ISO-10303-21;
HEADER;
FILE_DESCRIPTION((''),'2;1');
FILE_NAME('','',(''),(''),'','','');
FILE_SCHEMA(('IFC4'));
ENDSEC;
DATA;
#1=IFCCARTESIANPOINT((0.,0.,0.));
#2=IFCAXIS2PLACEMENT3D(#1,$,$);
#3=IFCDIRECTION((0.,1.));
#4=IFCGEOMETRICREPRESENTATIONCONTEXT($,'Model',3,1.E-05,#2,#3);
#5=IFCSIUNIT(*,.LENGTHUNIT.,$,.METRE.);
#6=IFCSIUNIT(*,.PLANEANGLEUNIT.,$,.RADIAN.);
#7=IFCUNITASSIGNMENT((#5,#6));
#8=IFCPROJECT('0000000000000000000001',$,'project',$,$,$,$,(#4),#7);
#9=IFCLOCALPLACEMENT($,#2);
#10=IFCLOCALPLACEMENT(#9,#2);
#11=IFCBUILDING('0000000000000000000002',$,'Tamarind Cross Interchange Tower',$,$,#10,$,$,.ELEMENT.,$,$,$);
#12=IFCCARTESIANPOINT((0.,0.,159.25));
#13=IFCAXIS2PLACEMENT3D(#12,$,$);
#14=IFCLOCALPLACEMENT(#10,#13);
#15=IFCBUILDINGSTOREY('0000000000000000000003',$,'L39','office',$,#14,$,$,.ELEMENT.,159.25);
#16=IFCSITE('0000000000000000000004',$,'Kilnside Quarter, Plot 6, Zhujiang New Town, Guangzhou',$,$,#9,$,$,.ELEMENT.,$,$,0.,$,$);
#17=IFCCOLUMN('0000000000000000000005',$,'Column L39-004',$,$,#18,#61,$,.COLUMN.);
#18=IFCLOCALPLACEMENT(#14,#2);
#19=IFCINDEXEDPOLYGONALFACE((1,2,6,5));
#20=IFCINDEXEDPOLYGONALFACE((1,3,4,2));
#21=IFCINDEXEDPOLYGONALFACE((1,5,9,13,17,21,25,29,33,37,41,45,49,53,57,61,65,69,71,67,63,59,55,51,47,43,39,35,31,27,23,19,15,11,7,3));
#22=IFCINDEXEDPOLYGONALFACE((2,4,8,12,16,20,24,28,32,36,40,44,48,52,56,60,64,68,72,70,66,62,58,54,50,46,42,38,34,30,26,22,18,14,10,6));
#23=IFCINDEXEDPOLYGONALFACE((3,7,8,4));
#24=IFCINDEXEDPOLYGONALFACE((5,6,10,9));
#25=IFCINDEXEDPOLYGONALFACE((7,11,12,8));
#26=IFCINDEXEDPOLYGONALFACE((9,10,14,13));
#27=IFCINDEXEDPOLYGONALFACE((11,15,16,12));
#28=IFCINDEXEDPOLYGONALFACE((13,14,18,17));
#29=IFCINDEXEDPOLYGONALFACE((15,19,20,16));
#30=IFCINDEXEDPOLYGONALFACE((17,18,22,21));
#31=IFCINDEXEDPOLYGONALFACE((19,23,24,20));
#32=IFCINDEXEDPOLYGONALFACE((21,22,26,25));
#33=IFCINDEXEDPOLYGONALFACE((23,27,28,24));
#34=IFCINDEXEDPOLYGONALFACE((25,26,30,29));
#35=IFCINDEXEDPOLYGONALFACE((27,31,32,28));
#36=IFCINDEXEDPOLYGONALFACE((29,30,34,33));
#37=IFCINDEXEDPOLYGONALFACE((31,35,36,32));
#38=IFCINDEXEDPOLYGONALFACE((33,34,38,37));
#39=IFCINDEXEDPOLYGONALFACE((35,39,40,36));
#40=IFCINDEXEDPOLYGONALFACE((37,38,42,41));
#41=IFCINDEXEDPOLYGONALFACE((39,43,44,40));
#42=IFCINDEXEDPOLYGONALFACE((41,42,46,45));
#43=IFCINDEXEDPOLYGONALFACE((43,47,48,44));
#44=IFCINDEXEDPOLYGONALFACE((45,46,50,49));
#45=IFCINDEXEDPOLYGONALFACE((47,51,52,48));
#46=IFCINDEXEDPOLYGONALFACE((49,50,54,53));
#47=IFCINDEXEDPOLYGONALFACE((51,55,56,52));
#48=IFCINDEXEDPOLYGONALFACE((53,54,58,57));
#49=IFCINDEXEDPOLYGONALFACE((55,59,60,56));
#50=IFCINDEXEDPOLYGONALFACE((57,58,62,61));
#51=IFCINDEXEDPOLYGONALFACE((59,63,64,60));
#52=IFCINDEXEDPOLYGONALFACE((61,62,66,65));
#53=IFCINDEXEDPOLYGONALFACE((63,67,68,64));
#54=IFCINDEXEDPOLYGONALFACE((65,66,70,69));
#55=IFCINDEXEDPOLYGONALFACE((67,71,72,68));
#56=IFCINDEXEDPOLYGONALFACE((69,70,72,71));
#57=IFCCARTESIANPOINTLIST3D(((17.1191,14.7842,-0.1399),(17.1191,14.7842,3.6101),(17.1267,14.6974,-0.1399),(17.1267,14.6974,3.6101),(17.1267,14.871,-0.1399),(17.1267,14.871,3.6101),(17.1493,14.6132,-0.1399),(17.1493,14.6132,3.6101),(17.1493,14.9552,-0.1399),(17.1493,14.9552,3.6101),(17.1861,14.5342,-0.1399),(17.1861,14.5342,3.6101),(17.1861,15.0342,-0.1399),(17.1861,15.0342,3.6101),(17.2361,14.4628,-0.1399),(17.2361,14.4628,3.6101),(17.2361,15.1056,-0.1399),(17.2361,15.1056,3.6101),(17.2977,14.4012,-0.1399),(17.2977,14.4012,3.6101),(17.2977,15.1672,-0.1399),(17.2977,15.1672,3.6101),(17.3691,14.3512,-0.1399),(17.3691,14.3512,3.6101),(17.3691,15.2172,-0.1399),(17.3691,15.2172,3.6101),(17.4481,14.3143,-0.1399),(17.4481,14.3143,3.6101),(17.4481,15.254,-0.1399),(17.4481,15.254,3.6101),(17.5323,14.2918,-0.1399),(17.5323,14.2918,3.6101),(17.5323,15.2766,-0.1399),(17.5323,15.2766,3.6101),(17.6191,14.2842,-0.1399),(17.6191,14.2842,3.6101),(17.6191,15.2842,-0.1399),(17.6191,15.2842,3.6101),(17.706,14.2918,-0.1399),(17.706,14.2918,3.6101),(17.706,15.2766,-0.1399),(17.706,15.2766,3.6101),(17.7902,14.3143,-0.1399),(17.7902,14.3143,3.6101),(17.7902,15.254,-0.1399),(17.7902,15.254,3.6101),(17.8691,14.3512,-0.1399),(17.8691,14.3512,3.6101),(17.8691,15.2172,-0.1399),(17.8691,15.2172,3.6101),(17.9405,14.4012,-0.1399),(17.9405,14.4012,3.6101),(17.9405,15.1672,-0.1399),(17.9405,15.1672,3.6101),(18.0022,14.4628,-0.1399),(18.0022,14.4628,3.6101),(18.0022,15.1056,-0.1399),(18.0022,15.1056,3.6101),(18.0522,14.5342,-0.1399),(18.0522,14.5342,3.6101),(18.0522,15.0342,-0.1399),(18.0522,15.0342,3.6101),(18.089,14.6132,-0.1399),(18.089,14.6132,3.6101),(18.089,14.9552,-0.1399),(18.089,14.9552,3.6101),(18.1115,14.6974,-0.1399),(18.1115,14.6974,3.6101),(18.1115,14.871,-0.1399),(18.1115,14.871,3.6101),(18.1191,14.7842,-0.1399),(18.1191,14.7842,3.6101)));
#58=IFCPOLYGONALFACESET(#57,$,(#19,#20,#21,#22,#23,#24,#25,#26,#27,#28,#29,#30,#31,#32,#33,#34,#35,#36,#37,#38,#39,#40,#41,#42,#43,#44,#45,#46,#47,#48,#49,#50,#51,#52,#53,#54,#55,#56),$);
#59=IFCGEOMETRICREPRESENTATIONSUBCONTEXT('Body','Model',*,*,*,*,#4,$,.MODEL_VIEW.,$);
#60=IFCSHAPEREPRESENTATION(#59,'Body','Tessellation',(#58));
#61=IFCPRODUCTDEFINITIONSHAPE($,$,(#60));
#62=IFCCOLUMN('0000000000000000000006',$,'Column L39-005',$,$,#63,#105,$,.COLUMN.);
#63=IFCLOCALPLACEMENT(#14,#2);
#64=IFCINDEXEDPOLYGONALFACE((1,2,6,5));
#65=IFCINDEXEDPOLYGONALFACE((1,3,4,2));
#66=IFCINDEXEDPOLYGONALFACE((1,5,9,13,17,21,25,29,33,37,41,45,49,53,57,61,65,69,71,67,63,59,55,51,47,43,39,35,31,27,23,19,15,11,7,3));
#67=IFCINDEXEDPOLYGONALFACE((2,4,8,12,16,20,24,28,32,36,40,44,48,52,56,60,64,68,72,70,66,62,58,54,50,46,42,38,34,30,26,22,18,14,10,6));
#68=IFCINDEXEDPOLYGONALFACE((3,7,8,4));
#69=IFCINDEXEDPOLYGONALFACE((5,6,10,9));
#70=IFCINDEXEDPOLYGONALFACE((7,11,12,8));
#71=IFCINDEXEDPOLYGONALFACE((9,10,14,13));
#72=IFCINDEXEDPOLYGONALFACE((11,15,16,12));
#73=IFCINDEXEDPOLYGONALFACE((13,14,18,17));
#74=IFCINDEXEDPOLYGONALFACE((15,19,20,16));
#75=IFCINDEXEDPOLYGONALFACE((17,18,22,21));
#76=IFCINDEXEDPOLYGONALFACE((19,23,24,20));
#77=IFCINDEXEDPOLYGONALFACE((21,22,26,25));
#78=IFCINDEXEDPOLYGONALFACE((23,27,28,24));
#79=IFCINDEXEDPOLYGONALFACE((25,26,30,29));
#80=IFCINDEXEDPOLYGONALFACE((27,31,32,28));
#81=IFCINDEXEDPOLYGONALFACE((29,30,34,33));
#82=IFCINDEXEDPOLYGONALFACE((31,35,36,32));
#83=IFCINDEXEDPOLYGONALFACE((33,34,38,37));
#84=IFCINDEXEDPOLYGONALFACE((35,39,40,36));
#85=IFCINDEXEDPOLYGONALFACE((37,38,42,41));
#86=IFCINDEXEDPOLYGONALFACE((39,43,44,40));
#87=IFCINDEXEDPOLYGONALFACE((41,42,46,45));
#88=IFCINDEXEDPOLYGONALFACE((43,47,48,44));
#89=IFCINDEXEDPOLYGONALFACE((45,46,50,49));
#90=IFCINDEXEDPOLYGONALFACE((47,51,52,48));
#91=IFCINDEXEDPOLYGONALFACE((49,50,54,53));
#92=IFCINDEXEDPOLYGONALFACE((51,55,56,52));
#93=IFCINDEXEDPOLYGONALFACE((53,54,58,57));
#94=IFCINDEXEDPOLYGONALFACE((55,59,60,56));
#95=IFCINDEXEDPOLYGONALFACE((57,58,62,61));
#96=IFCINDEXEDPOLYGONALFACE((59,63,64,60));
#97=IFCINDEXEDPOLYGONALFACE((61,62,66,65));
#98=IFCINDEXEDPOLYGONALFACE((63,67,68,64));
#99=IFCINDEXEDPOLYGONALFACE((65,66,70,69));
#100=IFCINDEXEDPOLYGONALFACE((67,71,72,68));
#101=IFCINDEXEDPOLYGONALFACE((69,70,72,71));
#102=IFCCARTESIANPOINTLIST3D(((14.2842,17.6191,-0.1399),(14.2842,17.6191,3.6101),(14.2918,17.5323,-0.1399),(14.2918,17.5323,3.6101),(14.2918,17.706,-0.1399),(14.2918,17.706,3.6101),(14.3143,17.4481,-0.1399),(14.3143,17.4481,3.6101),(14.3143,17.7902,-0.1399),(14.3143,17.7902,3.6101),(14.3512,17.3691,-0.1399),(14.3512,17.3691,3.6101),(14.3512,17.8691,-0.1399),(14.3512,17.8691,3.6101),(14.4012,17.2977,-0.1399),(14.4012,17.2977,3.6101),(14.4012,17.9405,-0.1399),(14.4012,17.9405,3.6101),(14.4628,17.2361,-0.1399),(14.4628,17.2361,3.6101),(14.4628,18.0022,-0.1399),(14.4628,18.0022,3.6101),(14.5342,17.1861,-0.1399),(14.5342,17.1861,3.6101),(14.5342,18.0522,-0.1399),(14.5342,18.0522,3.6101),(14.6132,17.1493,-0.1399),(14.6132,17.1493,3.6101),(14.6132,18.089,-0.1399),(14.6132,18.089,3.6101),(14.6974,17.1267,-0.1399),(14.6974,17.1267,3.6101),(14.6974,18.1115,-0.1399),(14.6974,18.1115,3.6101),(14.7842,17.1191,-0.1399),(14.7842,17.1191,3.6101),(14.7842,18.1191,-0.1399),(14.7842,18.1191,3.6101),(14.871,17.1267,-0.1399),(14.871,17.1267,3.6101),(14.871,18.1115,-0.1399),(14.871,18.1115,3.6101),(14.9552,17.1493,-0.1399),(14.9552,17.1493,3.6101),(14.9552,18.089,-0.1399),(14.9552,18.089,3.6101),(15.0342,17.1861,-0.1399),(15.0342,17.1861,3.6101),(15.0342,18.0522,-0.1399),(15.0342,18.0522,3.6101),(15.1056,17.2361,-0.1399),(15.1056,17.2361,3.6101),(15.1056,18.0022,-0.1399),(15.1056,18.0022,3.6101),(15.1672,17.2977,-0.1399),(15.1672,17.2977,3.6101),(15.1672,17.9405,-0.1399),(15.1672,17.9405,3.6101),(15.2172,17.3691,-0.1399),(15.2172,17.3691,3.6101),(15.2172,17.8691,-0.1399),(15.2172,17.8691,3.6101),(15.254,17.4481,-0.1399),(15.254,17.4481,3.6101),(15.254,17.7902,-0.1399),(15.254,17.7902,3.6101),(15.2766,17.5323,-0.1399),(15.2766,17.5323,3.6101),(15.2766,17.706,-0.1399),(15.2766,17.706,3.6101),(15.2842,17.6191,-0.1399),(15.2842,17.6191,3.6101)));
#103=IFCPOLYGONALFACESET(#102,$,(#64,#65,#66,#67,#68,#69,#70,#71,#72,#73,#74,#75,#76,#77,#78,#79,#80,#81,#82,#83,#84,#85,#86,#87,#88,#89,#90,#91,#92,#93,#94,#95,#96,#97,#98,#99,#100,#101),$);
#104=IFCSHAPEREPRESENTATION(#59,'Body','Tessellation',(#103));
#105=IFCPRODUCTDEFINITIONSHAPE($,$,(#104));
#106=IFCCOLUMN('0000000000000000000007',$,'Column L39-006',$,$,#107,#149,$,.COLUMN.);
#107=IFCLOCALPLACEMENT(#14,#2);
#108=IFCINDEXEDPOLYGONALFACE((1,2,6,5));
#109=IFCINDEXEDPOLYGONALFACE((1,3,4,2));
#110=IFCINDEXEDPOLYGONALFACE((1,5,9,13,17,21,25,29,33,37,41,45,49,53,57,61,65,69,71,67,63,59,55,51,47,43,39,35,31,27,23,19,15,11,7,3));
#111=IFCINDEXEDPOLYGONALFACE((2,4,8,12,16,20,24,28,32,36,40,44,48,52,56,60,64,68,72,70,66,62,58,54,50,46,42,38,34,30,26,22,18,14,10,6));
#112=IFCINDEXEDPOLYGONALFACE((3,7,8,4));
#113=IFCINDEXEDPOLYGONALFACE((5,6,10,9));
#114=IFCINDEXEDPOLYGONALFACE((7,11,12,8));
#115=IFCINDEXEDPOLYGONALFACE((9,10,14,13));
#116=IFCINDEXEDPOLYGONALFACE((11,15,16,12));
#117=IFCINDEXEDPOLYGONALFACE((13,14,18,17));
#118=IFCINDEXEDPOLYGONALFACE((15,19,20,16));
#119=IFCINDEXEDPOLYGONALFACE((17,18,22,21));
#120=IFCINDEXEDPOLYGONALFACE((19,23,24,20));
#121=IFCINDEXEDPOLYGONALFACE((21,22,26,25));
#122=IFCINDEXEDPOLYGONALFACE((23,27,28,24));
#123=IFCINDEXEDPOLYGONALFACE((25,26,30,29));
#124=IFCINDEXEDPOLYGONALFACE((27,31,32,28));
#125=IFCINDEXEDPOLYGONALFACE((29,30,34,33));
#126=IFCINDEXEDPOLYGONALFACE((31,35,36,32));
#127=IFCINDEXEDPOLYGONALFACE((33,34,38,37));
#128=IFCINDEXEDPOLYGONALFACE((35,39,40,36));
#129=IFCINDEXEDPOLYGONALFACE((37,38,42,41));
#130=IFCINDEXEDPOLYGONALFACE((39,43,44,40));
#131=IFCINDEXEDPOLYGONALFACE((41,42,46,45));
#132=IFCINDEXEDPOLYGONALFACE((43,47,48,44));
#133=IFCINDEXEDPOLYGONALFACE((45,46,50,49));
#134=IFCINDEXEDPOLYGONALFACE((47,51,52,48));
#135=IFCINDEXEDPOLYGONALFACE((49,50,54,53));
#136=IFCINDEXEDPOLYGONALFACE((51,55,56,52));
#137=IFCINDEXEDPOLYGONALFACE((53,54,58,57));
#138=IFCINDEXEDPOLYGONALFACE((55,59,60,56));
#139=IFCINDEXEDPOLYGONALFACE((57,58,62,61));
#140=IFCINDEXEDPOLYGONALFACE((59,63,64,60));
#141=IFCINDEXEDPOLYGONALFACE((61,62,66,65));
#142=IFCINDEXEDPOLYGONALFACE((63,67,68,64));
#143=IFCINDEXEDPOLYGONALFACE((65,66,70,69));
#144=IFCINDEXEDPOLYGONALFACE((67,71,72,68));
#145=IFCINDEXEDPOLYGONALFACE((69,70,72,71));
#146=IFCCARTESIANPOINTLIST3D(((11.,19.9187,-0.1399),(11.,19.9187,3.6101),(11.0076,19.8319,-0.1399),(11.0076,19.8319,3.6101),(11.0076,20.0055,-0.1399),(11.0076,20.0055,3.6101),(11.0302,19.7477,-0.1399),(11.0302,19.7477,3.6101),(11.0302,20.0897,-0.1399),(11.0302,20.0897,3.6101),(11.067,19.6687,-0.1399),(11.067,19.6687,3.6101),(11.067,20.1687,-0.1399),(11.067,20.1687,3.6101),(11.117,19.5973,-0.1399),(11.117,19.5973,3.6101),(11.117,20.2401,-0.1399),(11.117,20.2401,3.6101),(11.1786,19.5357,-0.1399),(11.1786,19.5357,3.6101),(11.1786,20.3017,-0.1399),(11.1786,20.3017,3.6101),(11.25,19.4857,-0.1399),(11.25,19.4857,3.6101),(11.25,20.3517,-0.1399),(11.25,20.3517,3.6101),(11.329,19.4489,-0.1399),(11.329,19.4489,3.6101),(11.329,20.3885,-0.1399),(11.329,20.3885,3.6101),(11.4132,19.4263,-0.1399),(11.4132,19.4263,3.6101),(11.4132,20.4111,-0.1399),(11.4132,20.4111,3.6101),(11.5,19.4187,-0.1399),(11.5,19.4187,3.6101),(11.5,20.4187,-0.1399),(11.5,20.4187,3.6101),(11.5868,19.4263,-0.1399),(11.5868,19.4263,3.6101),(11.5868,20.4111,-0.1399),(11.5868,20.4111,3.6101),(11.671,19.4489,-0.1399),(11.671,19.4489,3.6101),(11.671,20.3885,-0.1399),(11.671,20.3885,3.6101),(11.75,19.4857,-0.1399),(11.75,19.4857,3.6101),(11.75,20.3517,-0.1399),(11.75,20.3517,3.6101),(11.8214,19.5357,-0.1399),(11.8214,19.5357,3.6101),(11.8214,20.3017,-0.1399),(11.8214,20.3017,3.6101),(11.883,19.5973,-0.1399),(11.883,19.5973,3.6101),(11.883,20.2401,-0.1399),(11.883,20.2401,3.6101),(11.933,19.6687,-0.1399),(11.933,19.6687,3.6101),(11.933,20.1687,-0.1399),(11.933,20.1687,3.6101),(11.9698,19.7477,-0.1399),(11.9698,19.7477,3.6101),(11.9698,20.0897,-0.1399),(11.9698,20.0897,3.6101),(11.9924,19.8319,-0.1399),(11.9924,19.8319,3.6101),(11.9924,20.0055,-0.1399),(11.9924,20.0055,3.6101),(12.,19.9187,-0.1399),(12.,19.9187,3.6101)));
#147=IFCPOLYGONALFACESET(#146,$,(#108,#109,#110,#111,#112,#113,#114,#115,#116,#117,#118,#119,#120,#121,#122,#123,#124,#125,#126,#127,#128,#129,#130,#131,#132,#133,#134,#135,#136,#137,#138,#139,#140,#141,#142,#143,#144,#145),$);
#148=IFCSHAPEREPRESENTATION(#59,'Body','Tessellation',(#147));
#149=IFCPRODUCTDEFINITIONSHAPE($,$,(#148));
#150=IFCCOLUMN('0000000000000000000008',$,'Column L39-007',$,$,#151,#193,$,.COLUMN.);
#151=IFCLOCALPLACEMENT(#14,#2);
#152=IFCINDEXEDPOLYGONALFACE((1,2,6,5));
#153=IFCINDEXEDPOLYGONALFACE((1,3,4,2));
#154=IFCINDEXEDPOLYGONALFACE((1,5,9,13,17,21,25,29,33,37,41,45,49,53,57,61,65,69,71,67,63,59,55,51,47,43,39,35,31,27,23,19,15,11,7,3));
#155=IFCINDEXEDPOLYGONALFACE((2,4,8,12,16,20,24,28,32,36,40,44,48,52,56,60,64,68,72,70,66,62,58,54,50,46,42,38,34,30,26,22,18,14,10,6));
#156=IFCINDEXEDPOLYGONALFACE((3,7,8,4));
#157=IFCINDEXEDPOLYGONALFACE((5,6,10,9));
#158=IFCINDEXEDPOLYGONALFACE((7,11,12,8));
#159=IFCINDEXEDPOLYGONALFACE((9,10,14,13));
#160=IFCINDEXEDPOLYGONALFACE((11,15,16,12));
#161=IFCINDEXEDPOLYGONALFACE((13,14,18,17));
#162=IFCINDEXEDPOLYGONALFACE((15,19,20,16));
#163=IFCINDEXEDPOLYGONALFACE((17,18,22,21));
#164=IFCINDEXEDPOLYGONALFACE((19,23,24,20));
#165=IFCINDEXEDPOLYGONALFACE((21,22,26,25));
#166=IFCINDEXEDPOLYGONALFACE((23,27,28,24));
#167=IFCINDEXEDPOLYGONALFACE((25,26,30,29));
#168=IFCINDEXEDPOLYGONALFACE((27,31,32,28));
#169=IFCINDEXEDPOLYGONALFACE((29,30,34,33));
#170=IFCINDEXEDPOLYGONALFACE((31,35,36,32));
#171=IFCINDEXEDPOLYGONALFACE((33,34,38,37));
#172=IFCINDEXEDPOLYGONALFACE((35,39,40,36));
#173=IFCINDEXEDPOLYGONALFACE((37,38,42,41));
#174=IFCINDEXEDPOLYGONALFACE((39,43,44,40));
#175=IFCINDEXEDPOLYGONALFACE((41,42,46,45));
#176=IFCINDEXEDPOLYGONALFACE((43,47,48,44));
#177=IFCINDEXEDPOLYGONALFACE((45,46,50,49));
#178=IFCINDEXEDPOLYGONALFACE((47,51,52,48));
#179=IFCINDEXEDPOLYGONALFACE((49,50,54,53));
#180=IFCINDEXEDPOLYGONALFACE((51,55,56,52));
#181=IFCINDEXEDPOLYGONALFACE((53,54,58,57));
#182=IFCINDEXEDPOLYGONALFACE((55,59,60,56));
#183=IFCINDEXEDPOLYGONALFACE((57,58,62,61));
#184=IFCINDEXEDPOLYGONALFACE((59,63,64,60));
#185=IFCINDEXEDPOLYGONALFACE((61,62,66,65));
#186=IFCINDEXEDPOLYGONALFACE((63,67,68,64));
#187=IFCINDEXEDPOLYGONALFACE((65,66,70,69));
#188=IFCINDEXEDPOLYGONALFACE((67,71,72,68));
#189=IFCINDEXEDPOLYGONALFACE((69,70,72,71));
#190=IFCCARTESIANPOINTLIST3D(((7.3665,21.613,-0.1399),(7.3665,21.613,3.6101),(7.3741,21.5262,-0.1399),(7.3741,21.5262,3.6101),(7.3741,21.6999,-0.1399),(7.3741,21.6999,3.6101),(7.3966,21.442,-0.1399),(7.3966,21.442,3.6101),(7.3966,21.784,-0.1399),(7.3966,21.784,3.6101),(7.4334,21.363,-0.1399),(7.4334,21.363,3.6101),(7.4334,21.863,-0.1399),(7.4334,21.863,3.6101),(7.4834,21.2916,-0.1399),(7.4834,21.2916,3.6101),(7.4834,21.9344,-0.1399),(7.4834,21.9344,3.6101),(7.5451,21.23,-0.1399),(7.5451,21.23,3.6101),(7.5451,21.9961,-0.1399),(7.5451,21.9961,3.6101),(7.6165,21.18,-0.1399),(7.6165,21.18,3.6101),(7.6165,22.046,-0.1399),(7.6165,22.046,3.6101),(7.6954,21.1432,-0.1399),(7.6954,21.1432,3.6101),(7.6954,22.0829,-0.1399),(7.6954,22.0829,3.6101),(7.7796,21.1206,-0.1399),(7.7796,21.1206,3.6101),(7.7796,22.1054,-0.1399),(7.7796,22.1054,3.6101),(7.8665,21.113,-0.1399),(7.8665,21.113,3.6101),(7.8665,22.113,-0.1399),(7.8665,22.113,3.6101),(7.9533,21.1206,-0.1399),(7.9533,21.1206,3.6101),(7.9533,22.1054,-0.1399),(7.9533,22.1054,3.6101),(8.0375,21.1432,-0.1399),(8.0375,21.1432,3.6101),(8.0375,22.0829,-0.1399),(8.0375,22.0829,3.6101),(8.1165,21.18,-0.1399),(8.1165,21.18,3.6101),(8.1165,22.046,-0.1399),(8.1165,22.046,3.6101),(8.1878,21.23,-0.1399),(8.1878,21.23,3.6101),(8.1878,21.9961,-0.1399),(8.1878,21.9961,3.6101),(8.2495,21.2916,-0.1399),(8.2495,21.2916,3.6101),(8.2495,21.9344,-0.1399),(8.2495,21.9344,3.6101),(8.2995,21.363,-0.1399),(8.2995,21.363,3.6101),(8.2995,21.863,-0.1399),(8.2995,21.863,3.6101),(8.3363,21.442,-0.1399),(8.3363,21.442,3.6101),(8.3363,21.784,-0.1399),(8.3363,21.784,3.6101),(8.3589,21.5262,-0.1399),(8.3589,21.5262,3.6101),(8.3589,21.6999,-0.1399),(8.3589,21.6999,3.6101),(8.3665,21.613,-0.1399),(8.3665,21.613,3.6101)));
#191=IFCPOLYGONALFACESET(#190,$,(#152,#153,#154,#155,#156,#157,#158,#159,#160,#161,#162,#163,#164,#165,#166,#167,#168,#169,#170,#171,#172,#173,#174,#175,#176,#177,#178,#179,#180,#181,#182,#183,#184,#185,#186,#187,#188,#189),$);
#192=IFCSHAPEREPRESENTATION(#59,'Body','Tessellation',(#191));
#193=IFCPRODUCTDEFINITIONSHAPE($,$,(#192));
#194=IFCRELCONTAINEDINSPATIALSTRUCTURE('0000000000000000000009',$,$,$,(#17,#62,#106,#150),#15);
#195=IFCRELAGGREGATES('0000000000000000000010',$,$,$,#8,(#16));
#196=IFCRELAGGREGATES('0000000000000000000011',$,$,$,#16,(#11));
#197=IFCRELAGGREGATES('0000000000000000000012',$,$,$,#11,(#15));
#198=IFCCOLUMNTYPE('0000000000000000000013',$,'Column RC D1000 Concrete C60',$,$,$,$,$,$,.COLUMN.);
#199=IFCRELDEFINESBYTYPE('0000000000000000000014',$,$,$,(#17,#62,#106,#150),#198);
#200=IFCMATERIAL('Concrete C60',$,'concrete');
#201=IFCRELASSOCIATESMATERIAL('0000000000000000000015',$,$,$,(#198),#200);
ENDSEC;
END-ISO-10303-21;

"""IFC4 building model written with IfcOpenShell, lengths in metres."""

from ifc_helpers import new_model, si_unit, direction, frame, origin, origin_2d, place, context, subcontext, project, spatial, circle, extrude, material, material_profile, profile_set, type_object, element, save


model = new_model("IFC4")

# Units and contexts
model_context = context("Model", 3, precision=1e-05, world=origin(), true_north=direction((0.0, 1.0)))
body_context = subcontext(model_context, "Body", "Model", "MODEL_VIEW")
ifc_project = project(units=[si_unit("LENGTHUNIT", "METRE"), si_unit("PLANEANGLEUNIT", "RADIAN")], contexts=[model_context])

# Site, building, storey
site_placement = place(None, origin())
site = spatial("IfcSite", under=ifc_project, at=site_placement, Name="Kilnside Quarter, Plot 6, Zhujiang New Town, Guangzhou", CompositionType="ELEMENT", RefElevation=0.0)
building_placement = place(site_placement, origin())
building = spatial("IfcBuilding", under=site, at=building_placement, Name="Tamarind Cross Interchange Tower", CompositionType="ELEMENT")
storey_placement = place(building_placement, frame((0.0, 0.0, 159.25)))
storey = spatial("IfcBuildingStorey", under=building, at=storey_placement, Name="L39", Description="office", CompositionType="ELEMENT", Elevation=159.25)

# Columns
ifc_material_1 = material(Name="Concrete C60", Category="concrete")
ifc_material_profile_1 = material_profile(ifc_material_1, circle(Radius=0.5, at=origin_2d()), Name="RC D1000")
ifc_profile_set_1 = profile_set([ifc_material_profile_1], Name="Concrete C60")
column_type = type_object("IfcColumnType", Name="Column RC D1000 Concrete C60", PredefinedType="COLUMN", material=ifc_profile_set_1)
for number, where, z_axis, x_axis, name in (
    (1, (17.6191, 14.7842, -0.1399), (0.0, 0.0, 1.0), (1.0, 0.0, 0.0), "Column L39-004"),
    (2, (14.7842, 17.6191, -0.1399), (0.0, 0.0, 1.0), (1.0, 0.0, 0.0), "Column L39-005"),
    (3, (11.5, 19.9187, -0.1399), (0.0, 0.0, 1.0), (1.0, 0.0, 0.0), "Column L39-006"),
    (4, (7.8665, 21.613, -0.1399), (0.0, 0.0, 1.0), (1.0, 0.0, 0.0), "Column L39-007"),
):
    element("IfcColumn", number, at=place(storey_placement, frame(where, z_axis=z_axis, x_axis=x_axis)), inside=storey, type_object=column_type, Name=name, PredefinedType="COLUMN", context=body_context, shape_type="SweptSolid", body=[
        extrude(circle(Radius=0.5, at=origin_2d()), origin(), (0.0, 0.0, 1.0), 3.75),
    ])

save(model, "model.ifc")
